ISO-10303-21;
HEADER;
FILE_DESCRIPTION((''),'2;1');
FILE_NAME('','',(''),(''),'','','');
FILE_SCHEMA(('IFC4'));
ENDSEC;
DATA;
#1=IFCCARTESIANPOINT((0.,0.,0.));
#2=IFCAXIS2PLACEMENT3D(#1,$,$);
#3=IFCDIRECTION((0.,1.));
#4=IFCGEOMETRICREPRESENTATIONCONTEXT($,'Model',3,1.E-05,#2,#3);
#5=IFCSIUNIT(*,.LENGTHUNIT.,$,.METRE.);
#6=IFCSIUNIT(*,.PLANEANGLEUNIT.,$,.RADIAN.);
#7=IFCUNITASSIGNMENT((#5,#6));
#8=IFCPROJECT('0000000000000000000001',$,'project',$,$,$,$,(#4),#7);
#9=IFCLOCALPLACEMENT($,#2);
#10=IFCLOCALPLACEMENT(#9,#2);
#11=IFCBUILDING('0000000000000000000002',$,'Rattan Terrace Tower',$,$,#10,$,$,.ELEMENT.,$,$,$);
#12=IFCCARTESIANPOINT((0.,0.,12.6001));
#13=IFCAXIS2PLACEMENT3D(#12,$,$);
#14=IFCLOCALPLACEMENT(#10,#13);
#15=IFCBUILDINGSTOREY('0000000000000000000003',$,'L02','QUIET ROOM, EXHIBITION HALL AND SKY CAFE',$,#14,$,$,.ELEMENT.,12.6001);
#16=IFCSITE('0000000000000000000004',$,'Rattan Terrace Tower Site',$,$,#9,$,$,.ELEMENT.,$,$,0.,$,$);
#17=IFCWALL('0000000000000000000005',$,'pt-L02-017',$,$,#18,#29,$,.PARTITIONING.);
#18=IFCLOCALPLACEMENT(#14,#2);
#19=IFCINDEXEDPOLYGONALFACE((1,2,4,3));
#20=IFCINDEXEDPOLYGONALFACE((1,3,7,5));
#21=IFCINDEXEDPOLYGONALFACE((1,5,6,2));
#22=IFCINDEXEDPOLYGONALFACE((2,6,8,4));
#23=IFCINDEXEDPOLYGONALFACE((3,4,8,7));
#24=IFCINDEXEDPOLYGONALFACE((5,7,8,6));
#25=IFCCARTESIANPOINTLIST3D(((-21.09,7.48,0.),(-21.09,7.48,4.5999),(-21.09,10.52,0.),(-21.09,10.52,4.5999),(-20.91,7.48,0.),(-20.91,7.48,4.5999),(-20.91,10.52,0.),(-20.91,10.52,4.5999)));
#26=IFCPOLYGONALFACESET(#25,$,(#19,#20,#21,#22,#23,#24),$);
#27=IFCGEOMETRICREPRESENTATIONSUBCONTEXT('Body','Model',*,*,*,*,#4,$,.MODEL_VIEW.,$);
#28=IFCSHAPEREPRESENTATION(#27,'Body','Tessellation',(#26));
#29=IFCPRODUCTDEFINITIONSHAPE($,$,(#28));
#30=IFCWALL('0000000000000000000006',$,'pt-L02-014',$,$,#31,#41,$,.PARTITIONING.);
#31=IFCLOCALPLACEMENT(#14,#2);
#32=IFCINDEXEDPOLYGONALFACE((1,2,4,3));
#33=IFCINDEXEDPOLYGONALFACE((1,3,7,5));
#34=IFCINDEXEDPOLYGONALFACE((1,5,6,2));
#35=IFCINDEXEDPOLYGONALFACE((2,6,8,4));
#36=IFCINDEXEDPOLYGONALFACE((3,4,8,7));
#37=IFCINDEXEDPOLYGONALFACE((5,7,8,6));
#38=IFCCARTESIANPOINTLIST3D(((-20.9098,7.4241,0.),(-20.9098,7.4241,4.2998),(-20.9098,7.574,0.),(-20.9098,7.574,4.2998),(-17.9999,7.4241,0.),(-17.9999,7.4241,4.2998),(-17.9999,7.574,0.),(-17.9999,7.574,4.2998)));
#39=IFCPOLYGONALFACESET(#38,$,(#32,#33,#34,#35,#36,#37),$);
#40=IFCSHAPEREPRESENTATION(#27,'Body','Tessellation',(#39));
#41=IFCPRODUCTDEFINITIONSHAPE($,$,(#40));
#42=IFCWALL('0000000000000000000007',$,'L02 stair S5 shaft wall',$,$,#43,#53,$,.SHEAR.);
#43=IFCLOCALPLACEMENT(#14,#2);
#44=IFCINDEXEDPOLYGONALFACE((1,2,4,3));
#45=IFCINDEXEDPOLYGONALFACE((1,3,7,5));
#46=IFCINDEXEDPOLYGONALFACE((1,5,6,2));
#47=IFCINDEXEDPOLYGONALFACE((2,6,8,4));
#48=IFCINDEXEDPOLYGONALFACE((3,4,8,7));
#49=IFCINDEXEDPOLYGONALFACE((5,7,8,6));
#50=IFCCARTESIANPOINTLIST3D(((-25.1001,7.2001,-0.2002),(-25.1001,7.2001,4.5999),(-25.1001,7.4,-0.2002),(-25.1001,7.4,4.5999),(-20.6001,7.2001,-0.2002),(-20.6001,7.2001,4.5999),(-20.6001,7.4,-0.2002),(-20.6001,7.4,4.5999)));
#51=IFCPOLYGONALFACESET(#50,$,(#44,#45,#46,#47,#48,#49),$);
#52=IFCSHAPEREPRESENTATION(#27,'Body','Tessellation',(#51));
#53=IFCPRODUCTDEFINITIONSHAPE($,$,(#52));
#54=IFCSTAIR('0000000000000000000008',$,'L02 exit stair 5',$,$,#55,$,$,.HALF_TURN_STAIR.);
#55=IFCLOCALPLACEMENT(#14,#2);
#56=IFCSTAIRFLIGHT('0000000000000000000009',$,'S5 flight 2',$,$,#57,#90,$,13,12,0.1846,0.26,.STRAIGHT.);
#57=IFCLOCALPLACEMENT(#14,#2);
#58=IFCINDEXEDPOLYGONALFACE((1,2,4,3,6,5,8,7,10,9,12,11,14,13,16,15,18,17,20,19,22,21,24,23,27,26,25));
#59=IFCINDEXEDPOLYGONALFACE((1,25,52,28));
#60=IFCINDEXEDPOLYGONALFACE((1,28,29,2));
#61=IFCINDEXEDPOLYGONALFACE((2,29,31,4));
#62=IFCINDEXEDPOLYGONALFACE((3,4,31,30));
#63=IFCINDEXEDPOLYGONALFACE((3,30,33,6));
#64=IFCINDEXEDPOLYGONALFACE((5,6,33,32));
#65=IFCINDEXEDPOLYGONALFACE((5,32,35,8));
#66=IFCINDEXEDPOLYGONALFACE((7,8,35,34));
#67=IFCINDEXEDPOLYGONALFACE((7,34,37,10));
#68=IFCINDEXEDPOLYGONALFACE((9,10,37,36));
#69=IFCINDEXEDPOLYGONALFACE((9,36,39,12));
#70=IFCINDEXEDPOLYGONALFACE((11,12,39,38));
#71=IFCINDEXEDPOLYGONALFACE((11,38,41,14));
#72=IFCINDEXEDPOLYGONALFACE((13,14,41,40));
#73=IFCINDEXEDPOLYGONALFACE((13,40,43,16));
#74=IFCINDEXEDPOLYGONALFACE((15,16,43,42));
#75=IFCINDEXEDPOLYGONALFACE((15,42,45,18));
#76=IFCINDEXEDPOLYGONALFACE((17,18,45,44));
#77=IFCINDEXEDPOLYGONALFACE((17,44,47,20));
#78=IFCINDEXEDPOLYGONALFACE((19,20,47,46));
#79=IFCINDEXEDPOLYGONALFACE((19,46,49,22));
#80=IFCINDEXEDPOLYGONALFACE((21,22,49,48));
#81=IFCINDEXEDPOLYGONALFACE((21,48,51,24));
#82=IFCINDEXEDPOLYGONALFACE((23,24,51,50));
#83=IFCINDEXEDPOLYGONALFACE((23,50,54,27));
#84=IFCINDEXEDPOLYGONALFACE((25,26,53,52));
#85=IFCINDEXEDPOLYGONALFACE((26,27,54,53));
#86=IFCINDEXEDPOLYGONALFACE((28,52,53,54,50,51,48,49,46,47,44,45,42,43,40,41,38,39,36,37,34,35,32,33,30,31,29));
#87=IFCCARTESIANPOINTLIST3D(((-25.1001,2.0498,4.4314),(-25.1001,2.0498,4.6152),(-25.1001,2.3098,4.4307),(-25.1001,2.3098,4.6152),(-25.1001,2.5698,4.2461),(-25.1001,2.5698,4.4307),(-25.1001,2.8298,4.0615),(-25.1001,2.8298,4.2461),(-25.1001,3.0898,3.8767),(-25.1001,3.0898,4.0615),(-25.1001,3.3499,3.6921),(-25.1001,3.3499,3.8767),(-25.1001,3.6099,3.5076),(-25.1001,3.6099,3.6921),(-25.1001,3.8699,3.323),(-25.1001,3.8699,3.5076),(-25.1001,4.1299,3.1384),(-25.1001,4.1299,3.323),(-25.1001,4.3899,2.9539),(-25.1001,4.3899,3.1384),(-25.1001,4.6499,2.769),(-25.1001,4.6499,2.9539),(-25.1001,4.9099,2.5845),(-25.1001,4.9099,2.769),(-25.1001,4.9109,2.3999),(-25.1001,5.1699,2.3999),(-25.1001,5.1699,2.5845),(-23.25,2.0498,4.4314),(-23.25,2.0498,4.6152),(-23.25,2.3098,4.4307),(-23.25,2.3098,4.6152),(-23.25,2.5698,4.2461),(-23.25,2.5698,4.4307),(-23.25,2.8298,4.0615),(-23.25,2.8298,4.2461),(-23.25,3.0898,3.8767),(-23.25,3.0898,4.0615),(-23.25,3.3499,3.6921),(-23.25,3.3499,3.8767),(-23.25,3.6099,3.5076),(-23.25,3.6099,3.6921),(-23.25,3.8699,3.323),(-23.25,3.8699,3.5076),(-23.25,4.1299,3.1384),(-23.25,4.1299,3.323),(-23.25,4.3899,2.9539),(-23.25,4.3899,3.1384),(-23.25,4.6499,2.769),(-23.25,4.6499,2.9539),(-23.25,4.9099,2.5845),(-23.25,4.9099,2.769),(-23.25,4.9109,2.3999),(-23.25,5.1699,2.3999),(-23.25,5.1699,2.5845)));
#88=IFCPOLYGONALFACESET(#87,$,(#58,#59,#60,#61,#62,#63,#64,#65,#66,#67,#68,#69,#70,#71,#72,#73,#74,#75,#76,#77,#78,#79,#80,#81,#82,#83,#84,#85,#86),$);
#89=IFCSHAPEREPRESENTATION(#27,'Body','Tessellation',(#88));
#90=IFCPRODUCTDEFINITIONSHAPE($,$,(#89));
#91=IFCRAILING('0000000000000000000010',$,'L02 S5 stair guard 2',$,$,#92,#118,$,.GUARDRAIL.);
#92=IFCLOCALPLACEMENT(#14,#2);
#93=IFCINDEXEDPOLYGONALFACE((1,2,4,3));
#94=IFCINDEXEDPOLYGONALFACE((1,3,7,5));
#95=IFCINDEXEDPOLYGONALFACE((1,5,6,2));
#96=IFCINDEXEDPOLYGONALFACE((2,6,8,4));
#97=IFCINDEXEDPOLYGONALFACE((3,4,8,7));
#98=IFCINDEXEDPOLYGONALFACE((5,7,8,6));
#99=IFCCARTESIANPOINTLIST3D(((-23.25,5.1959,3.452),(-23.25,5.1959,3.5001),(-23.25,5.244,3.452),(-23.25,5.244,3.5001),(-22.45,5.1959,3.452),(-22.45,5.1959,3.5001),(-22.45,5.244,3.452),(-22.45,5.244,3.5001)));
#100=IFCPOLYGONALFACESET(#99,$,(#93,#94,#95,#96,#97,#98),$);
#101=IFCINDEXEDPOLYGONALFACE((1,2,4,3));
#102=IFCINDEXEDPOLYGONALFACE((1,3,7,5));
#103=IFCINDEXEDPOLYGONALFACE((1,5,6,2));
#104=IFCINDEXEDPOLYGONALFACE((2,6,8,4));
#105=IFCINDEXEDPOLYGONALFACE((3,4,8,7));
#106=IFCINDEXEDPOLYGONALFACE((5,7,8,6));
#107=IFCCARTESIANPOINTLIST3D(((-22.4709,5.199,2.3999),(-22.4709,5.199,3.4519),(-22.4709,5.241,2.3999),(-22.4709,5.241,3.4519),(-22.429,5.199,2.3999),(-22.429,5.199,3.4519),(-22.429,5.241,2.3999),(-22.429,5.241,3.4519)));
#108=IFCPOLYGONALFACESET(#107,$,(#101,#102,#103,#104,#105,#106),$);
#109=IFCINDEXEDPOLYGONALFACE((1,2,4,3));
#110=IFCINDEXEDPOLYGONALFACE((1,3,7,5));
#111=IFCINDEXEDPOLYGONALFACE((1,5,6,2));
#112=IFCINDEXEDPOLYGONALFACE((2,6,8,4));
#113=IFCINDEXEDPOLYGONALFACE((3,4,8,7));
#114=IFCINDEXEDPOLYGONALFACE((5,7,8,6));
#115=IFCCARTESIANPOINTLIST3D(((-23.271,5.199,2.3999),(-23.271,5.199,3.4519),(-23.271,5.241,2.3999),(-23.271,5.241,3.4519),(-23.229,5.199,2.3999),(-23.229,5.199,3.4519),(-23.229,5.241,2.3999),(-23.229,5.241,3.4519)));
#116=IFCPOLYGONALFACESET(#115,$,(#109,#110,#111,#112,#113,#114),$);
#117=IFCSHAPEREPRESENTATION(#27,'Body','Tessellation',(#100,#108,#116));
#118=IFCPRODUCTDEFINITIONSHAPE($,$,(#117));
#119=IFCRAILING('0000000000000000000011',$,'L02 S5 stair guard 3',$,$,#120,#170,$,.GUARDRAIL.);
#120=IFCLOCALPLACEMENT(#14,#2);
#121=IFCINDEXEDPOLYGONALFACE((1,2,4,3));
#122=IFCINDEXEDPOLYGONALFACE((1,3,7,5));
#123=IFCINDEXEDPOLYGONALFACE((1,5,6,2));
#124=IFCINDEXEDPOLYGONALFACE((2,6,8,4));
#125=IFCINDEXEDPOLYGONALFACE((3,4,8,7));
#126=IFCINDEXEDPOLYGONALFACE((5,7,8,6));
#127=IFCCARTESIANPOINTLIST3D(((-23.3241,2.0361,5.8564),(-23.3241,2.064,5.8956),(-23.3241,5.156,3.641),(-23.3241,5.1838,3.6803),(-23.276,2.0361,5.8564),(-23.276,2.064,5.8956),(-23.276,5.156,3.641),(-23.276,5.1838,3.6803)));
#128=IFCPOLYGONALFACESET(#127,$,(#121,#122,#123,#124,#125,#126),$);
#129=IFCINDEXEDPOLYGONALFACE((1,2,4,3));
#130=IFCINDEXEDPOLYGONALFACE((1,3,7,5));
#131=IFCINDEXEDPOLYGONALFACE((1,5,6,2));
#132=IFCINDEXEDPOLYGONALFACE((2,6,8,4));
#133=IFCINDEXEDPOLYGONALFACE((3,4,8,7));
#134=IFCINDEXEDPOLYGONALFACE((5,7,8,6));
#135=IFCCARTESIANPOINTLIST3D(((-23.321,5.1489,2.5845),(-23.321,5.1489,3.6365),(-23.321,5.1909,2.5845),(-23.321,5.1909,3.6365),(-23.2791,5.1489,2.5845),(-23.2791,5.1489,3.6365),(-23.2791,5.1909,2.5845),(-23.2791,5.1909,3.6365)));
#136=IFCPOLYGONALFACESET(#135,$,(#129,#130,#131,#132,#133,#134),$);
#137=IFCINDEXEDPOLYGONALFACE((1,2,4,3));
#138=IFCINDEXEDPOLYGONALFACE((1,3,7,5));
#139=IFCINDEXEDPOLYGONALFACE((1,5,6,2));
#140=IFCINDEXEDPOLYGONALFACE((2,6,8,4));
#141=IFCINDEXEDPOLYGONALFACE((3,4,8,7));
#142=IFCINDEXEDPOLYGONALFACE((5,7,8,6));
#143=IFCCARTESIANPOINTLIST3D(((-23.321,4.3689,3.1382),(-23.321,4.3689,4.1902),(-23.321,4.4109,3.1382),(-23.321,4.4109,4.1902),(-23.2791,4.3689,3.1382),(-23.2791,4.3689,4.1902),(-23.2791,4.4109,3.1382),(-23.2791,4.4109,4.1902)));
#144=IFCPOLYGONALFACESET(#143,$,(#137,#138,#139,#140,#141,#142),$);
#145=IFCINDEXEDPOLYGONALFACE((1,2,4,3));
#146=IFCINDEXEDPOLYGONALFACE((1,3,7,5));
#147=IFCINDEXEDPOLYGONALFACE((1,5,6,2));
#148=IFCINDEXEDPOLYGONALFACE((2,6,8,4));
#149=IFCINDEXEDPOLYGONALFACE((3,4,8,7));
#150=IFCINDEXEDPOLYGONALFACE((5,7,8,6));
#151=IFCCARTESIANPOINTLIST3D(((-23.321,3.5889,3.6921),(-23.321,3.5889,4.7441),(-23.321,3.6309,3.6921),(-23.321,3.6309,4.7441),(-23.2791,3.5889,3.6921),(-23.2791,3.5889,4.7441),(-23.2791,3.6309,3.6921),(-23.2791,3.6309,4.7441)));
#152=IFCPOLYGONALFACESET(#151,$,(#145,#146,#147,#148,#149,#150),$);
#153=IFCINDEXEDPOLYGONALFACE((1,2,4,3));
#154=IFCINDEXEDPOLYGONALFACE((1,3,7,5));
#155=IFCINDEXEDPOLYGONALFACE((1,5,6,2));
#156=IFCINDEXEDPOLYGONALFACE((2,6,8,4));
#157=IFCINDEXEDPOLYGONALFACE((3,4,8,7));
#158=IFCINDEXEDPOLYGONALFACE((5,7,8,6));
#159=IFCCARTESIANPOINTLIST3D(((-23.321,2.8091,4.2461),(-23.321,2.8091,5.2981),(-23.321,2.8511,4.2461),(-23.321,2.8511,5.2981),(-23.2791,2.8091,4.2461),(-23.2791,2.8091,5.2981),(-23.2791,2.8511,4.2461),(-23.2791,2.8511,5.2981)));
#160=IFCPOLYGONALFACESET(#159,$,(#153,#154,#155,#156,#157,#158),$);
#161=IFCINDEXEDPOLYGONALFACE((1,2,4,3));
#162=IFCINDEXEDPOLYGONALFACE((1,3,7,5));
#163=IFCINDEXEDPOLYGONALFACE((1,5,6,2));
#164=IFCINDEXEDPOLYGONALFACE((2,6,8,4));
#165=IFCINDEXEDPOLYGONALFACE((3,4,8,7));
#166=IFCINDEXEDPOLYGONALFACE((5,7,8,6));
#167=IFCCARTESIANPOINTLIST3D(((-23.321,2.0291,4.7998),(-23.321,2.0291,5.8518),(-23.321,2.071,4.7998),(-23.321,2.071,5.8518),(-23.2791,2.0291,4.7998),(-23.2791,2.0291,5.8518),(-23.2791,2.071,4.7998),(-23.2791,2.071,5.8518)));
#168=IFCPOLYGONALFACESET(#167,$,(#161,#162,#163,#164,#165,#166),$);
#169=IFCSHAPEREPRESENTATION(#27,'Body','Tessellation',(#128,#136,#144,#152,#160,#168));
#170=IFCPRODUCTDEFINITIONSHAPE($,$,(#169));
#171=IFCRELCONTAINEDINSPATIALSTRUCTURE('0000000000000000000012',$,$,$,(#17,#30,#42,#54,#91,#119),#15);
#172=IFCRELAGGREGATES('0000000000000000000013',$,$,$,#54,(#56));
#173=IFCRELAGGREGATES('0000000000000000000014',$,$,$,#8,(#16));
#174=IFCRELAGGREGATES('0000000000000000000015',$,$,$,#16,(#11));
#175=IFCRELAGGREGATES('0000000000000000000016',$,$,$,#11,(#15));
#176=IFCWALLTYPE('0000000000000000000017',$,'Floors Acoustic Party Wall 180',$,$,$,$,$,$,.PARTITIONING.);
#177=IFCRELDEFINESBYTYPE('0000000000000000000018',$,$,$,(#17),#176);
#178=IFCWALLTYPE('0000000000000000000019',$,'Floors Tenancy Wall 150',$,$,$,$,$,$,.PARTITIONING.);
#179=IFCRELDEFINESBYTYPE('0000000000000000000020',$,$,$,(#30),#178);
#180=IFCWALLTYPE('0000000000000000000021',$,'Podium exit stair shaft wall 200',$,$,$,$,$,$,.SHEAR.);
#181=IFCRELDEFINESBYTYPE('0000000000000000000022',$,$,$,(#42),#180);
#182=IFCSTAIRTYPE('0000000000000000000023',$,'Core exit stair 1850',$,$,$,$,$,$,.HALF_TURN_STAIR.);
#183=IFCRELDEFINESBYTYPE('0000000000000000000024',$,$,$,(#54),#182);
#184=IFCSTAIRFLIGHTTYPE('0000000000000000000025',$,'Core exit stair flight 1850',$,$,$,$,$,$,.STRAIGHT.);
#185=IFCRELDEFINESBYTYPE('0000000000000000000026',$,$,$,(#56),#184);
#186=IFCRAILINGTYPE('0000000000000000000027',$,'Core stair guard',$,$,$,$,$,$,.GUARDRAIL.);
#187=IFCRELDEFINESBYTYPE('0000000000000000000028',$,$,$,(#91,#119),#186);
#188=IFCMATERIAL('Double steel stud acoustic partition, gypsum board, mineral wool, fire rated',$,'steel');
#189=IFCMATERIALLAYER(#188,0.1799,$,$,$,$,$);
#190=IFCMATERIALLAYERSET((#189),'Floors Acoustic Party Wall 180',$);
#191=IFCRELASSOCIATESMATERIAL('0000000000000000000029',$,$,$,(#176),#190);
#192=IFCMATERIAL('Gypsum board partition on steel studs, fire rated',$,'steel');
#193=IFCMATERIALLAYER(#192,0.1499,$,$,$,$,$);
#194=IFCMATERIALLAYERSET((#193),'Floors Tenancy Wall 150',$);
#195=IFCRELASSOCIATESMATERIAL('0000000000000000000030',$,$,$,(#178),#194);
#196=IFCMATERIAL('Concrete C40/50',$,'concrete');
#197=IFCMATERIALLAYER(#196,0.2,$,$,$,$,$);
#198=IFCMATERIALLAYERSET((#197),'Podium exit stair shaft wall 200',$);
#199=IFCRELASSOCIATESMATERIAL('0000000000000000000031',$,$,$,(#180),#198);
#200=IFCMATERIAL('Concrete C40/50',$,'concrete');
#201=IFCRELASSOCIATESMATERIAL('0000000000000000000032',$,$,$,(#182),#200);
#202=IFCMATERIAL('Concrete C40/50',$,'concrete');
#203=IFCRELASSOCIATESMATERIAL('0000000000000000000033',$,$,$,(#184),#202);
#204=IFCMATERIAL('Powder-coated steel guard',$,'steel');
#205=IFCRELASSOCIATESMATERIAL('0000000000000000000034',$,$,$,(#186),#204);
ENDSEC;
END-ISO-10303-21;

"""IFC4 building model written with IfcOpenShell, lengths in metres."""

from ifc_helpers import new_model, si_unit, direction, frame, frame_2d, origin, origin_2d, place, context, subcontext, project, spatial, polyline, rectangle, outline, extrude, material, layer, layer_set, type_object, element, aggregate, save


model = new_model("IFC4")

# Units and contexts
model_context = context("Model", 3, precision=1e-05, world=origin(), true_north=direction((0.0, 1.0)))
body_context = subcontext(model_context, "Body", "Model", "MODEL_VIEW")
ifc_project = project(units=[si_unit("LENGTHUNIT", "METRE"), si_unit("PLANEANGLEUNIT", "RADIAN")], contexts=[model_context])

# Site, building, storey
site_placement = place(None, origin())
site = spatial("IfcSite", under=ifc_project, at=site_placement, Name="Rattan Terrace Tower Site", CompositionType="ELEMENT", RefElevation=0.0)
building_placement = place(site_placement, origin())
building = spatial("IfcBuilding", under=site, at=building_placement, Name="Rattan Terrace Tower", CompositionType="ELEMENT")
storey_placement = place(building_placement, frame((0.0, 0.0, 12.6001)))
storey = spatial("IfcBuildingStorey", under=building, at=storey_placement, Name="L02", Description="QUIET ROOM, EXHIBITION HALL AND SKY CAFE", CompositionType="ELEMENT", Elevation=12.6001)

# Walls
ifc_material_1 = material(Name="Double steel stud acoustic partition, gypsum board, mineral wool, fire rated", Category="steel")
ifc_layer_1 = layer(ifc_material_1, 0.1799)
ifc_layer_set_1 = layer_set([ifc_layer_1], Name="Floors Acoustic Party Wall 180")
wall_type_1 = type_object("IfcWallType", Name="Floors Acoustic Party Wall 180", PredefinedType="PARTITIONING", material=ifc_layer_set_1)
wall_1_placement = place(storey_placement, frame((-21.0, 10.52, 0.0), z_axis=(0.0, 0.0, 1.0), x_axis=(0.0, -1.0, 0.0)))
element("IfcWall", 1, at=wall_1_placement, inside=storey, type_object=wall_type_1, Name="pt-L02-017", PredefinedType="PARTITIONING", context=body_context, shape_type="SweptSolid", body=[
    extrude(rectangle(XDim=3.04, YDim=0.1799, at=frame_2d((1.52, 0.0))), origin(), (0.0, 0.0, 1.0), 4.5999),
])
ifc_material_2 = material(Name="Gypsum board partition on steel studs, fire rated", Category="steel")
ifc_layer_2 = layer(ifc_material_2, 0.1499)
ifc_layer_set_2 = layer_set([ifc_layer_2], Name="Floors Tenancy Wall 150")
wall_type_2 = type_object("IfcWallType", Name="Floors Tenancy Wall 150", PredefinedType="PARTITIONING", material=ifc_layer_set_2)
wall_2_placement = place(storey_placement, frame((-20.9099, 7.499, 0.0), z_axis=(0.0, 0.0, 1.0), x_axis=(1.0, 0.0, 0.0)))
element("IfcWall", 2, at=wall_2_placement, inside=storey, type_object=wall_type_2, Name="pt-L02-014", PredefinedType="PARTITIONING", context=body_context, shape_type="SweptSolid", body=[
    extrude(rectangle(XDim=2.9099, YDim=0.1499, at=frame_2d((1.4551, 0.0))), origin(), (0.0, 0.0, 1.0), 4.2998),
])
ifc_material_3 = material(Name="Concrete C40/50", Category="concrete")
ifc_layer_3 = layer(ifc_material_3, 0.2)
ifc_layer_set_3 = layer_set([ifc_layer_3], Name="Podium exit stair shaft wall 200")
wall_type_3 = type_object("IfcWallType", Name="Podium exit stair shaft wall 200", PredefinedType="SHEAR", material=ifc_layer_set_3)
wall_3_placement = place(storey_placement, frame((-25.1001, 7.3, -0.2002), z_axis=(0.0, 0.0, 1.0), x_axis=(1.0, 0.0, 0.0)))
element("IfcWall", 3, at=wall_3_placement, inside=storey, type_object=wall_type_3, Name="L02 stair S5 shaft wall", PredefinedType="SHEAR", context=body_context, shape_type="SweptSolid", body=[
    extrude(rectangle(XDim=4.5, YDim=0.2, at=frame_2d((2.25, 0.0))), origin(), (0.0, 0.0, 1.0), 4.8),
])

# Stair, stair flight
ifc_material_4 = material(Name="Concrete C40/50", Category="concrete")
stair_type = type_object("IfcStairType", Name="Core exit stair 1850", PredefinedType="HALF_TURN_STAIR", material=ifc_material_4)
stair_placement = place(storey_placement, origin())
stair = element("IfcStair", 4, at=stair_placement, inside=storey, type_object=stair_type, Name="L02 exit stair 5", PredefinedType="HALF_TURN_STAIR")
ifc_material_5 = material(Name="Concrete C40/50", Category="concrete")
stair_flight_type = type_object("IfcStairFlightType", Name="Core exit stair flight 1850", PredefinedType="STRAIGHT", material=ifc_material_5)
stair_flight_placement = place(storey_placement, frame((-24.175, 5.1699, 2.3999), z_axis=(0.0, 0.0, 1.0), x_axis=(0.0, -1.0, 0.0)))
stair_flight = element("IfcStairFlight", 5, at=stair_flight_placement, type_object=stair_flight_type, Name="S5 flight 2", NumberOfRisers=13, NumberOfTreads=12, PredefinedType="STRAIGHT", RiserHeight=0.1846, TreadLength=0.26, context=body_context, shape_type="SweptSolid", body=[
    extrude(outline(polyline([(0.0, 0.0), (0.0, 0.1846), (0.26, 0.1846), (0.26, 0.3691), (0.52, 0.3691), (0.52, 0.554), (0.78, 0.554), (0.78, 0.7385), (1.04, 0.7385), (1.04, 0.9231), (1.3, 0.9231), (1.3, 1.1077), (1.5601, 1.1077), (1.5601, 1.2922), (1.8201, 1.2922), (1.8201, 1.4768), (2.0801, 1.4768), (2.0801, 1.6616), (2.3401, 1.6616), (2.3401, 1.8462), (2.6001, 1.8462), (2.6001, 2.0308), (2.8601, 2.0308), (2.8601, 2.2153), (3.1201, 2.2153), (3.1201, 2.3999), (3.1201, 2.0315), (0.259, 0.0), (0.0, 0.0)])), frame((0.0, 0.925, 0.0), z_axis=(0.0, -1.0, 0.0), x_axis=(1.0, 0.0, 0.0)), (0.0, 0.0, 1.0), 1.8501),
])
aggregate(stair, [stair_flight])

# Railings
ifc_material_6 = material(Name="Powder-coated steel guard", Category="steel")
railing_type = type_object("IfcRailingType", Name="Core stair guard", PredefinedType="GUARDRAIL", material=ifc_material_6)
railing_1_placement = place(storey_placement, frame((-22.45, 5.22, 2.3999)))
element("IfcRailing", 6, at=railing_1_placement, inside=storey, type_object=railing_type, Name="L02 S5 stair guard 2", PredefinedType="GUARDRAIL", context=body_context, shape_type="SweptSolid", body=[
    extrude(rectangle(XDim=0.0481, YDim=0.0481, at=origin_2d()), frame((0.0, 0.0, 1.0762), z_axis=(-1.0, 0.0, 0.0), x_axis=(0.0, -1.0, 0.0)), (0.0, 0.0, 1.0), 0.8),
    extrude(rectangle(XDim=0.042, YDim=0.042, at=origin_2d()), origin(), (0.0, 0.0, 1.0), 1.052),
    extrude(rectangle(XDim=0.042, YDim=0.042, at=origin_2d()), frame((-0.8, 0.0, 0.0)), (0.0, 0.0, 1.0), 1.052),
])
railing_2_placement = place(storey_placement, frame((-23.3, 5.1699, 2.5845)))
element("IfcRailing", 7, at=railing_2_placement, inside=storey, type_object=railing_type, Name="L02 S5 stair guard 3", PredefinedType="GUARDRAIL", context=body_context, shape_type="SweptSolid", body=[
    extrude(rectangle(XDim=0.0481, YDim=0.0481, at=origin_2d()), frame((0.0, 0.0, 1.0762), z_axis=(0.0, -0.815356, 0.578961), x_axis=(1.0, 0.0, 0.0)), (0.0, 0.0, 1.0), 3.8264),
    extrude(rectangle(XDim=0.042, YDim=0.042, at=origin_2d()), origin(), (0.0, 0.0, 1.0), 1.052),
    extrude(rectangle(XDim=0.042, YDim=0.042, at=origin_2d()), frame((0.0, -0.78, 0.5537)), (0.0, 0.0, 1.0), 1.052),
    extrude(rectangle(XDim=0.042, YDim=0.042, at=origin_2d()), frame((0.0, -1.5601, 1.1077)), (0.0, 0.0, 1.0), 1.052),
    extrude(rectangle(XDim=0.042, YDim=0.042, at=origin_2d()), frame((0.0, -2.3398, 1.6616)), (0.0, 0.0, 1.0), 1.052),
    extrude(rectangle(XDim=0.042, YDim=0.042, at=origin_2d()), frame((0.0, -3.1199, 2.2153)), (0.0, 0.0, 1.0), 1.052),
])

save(model, "model.ifc")
